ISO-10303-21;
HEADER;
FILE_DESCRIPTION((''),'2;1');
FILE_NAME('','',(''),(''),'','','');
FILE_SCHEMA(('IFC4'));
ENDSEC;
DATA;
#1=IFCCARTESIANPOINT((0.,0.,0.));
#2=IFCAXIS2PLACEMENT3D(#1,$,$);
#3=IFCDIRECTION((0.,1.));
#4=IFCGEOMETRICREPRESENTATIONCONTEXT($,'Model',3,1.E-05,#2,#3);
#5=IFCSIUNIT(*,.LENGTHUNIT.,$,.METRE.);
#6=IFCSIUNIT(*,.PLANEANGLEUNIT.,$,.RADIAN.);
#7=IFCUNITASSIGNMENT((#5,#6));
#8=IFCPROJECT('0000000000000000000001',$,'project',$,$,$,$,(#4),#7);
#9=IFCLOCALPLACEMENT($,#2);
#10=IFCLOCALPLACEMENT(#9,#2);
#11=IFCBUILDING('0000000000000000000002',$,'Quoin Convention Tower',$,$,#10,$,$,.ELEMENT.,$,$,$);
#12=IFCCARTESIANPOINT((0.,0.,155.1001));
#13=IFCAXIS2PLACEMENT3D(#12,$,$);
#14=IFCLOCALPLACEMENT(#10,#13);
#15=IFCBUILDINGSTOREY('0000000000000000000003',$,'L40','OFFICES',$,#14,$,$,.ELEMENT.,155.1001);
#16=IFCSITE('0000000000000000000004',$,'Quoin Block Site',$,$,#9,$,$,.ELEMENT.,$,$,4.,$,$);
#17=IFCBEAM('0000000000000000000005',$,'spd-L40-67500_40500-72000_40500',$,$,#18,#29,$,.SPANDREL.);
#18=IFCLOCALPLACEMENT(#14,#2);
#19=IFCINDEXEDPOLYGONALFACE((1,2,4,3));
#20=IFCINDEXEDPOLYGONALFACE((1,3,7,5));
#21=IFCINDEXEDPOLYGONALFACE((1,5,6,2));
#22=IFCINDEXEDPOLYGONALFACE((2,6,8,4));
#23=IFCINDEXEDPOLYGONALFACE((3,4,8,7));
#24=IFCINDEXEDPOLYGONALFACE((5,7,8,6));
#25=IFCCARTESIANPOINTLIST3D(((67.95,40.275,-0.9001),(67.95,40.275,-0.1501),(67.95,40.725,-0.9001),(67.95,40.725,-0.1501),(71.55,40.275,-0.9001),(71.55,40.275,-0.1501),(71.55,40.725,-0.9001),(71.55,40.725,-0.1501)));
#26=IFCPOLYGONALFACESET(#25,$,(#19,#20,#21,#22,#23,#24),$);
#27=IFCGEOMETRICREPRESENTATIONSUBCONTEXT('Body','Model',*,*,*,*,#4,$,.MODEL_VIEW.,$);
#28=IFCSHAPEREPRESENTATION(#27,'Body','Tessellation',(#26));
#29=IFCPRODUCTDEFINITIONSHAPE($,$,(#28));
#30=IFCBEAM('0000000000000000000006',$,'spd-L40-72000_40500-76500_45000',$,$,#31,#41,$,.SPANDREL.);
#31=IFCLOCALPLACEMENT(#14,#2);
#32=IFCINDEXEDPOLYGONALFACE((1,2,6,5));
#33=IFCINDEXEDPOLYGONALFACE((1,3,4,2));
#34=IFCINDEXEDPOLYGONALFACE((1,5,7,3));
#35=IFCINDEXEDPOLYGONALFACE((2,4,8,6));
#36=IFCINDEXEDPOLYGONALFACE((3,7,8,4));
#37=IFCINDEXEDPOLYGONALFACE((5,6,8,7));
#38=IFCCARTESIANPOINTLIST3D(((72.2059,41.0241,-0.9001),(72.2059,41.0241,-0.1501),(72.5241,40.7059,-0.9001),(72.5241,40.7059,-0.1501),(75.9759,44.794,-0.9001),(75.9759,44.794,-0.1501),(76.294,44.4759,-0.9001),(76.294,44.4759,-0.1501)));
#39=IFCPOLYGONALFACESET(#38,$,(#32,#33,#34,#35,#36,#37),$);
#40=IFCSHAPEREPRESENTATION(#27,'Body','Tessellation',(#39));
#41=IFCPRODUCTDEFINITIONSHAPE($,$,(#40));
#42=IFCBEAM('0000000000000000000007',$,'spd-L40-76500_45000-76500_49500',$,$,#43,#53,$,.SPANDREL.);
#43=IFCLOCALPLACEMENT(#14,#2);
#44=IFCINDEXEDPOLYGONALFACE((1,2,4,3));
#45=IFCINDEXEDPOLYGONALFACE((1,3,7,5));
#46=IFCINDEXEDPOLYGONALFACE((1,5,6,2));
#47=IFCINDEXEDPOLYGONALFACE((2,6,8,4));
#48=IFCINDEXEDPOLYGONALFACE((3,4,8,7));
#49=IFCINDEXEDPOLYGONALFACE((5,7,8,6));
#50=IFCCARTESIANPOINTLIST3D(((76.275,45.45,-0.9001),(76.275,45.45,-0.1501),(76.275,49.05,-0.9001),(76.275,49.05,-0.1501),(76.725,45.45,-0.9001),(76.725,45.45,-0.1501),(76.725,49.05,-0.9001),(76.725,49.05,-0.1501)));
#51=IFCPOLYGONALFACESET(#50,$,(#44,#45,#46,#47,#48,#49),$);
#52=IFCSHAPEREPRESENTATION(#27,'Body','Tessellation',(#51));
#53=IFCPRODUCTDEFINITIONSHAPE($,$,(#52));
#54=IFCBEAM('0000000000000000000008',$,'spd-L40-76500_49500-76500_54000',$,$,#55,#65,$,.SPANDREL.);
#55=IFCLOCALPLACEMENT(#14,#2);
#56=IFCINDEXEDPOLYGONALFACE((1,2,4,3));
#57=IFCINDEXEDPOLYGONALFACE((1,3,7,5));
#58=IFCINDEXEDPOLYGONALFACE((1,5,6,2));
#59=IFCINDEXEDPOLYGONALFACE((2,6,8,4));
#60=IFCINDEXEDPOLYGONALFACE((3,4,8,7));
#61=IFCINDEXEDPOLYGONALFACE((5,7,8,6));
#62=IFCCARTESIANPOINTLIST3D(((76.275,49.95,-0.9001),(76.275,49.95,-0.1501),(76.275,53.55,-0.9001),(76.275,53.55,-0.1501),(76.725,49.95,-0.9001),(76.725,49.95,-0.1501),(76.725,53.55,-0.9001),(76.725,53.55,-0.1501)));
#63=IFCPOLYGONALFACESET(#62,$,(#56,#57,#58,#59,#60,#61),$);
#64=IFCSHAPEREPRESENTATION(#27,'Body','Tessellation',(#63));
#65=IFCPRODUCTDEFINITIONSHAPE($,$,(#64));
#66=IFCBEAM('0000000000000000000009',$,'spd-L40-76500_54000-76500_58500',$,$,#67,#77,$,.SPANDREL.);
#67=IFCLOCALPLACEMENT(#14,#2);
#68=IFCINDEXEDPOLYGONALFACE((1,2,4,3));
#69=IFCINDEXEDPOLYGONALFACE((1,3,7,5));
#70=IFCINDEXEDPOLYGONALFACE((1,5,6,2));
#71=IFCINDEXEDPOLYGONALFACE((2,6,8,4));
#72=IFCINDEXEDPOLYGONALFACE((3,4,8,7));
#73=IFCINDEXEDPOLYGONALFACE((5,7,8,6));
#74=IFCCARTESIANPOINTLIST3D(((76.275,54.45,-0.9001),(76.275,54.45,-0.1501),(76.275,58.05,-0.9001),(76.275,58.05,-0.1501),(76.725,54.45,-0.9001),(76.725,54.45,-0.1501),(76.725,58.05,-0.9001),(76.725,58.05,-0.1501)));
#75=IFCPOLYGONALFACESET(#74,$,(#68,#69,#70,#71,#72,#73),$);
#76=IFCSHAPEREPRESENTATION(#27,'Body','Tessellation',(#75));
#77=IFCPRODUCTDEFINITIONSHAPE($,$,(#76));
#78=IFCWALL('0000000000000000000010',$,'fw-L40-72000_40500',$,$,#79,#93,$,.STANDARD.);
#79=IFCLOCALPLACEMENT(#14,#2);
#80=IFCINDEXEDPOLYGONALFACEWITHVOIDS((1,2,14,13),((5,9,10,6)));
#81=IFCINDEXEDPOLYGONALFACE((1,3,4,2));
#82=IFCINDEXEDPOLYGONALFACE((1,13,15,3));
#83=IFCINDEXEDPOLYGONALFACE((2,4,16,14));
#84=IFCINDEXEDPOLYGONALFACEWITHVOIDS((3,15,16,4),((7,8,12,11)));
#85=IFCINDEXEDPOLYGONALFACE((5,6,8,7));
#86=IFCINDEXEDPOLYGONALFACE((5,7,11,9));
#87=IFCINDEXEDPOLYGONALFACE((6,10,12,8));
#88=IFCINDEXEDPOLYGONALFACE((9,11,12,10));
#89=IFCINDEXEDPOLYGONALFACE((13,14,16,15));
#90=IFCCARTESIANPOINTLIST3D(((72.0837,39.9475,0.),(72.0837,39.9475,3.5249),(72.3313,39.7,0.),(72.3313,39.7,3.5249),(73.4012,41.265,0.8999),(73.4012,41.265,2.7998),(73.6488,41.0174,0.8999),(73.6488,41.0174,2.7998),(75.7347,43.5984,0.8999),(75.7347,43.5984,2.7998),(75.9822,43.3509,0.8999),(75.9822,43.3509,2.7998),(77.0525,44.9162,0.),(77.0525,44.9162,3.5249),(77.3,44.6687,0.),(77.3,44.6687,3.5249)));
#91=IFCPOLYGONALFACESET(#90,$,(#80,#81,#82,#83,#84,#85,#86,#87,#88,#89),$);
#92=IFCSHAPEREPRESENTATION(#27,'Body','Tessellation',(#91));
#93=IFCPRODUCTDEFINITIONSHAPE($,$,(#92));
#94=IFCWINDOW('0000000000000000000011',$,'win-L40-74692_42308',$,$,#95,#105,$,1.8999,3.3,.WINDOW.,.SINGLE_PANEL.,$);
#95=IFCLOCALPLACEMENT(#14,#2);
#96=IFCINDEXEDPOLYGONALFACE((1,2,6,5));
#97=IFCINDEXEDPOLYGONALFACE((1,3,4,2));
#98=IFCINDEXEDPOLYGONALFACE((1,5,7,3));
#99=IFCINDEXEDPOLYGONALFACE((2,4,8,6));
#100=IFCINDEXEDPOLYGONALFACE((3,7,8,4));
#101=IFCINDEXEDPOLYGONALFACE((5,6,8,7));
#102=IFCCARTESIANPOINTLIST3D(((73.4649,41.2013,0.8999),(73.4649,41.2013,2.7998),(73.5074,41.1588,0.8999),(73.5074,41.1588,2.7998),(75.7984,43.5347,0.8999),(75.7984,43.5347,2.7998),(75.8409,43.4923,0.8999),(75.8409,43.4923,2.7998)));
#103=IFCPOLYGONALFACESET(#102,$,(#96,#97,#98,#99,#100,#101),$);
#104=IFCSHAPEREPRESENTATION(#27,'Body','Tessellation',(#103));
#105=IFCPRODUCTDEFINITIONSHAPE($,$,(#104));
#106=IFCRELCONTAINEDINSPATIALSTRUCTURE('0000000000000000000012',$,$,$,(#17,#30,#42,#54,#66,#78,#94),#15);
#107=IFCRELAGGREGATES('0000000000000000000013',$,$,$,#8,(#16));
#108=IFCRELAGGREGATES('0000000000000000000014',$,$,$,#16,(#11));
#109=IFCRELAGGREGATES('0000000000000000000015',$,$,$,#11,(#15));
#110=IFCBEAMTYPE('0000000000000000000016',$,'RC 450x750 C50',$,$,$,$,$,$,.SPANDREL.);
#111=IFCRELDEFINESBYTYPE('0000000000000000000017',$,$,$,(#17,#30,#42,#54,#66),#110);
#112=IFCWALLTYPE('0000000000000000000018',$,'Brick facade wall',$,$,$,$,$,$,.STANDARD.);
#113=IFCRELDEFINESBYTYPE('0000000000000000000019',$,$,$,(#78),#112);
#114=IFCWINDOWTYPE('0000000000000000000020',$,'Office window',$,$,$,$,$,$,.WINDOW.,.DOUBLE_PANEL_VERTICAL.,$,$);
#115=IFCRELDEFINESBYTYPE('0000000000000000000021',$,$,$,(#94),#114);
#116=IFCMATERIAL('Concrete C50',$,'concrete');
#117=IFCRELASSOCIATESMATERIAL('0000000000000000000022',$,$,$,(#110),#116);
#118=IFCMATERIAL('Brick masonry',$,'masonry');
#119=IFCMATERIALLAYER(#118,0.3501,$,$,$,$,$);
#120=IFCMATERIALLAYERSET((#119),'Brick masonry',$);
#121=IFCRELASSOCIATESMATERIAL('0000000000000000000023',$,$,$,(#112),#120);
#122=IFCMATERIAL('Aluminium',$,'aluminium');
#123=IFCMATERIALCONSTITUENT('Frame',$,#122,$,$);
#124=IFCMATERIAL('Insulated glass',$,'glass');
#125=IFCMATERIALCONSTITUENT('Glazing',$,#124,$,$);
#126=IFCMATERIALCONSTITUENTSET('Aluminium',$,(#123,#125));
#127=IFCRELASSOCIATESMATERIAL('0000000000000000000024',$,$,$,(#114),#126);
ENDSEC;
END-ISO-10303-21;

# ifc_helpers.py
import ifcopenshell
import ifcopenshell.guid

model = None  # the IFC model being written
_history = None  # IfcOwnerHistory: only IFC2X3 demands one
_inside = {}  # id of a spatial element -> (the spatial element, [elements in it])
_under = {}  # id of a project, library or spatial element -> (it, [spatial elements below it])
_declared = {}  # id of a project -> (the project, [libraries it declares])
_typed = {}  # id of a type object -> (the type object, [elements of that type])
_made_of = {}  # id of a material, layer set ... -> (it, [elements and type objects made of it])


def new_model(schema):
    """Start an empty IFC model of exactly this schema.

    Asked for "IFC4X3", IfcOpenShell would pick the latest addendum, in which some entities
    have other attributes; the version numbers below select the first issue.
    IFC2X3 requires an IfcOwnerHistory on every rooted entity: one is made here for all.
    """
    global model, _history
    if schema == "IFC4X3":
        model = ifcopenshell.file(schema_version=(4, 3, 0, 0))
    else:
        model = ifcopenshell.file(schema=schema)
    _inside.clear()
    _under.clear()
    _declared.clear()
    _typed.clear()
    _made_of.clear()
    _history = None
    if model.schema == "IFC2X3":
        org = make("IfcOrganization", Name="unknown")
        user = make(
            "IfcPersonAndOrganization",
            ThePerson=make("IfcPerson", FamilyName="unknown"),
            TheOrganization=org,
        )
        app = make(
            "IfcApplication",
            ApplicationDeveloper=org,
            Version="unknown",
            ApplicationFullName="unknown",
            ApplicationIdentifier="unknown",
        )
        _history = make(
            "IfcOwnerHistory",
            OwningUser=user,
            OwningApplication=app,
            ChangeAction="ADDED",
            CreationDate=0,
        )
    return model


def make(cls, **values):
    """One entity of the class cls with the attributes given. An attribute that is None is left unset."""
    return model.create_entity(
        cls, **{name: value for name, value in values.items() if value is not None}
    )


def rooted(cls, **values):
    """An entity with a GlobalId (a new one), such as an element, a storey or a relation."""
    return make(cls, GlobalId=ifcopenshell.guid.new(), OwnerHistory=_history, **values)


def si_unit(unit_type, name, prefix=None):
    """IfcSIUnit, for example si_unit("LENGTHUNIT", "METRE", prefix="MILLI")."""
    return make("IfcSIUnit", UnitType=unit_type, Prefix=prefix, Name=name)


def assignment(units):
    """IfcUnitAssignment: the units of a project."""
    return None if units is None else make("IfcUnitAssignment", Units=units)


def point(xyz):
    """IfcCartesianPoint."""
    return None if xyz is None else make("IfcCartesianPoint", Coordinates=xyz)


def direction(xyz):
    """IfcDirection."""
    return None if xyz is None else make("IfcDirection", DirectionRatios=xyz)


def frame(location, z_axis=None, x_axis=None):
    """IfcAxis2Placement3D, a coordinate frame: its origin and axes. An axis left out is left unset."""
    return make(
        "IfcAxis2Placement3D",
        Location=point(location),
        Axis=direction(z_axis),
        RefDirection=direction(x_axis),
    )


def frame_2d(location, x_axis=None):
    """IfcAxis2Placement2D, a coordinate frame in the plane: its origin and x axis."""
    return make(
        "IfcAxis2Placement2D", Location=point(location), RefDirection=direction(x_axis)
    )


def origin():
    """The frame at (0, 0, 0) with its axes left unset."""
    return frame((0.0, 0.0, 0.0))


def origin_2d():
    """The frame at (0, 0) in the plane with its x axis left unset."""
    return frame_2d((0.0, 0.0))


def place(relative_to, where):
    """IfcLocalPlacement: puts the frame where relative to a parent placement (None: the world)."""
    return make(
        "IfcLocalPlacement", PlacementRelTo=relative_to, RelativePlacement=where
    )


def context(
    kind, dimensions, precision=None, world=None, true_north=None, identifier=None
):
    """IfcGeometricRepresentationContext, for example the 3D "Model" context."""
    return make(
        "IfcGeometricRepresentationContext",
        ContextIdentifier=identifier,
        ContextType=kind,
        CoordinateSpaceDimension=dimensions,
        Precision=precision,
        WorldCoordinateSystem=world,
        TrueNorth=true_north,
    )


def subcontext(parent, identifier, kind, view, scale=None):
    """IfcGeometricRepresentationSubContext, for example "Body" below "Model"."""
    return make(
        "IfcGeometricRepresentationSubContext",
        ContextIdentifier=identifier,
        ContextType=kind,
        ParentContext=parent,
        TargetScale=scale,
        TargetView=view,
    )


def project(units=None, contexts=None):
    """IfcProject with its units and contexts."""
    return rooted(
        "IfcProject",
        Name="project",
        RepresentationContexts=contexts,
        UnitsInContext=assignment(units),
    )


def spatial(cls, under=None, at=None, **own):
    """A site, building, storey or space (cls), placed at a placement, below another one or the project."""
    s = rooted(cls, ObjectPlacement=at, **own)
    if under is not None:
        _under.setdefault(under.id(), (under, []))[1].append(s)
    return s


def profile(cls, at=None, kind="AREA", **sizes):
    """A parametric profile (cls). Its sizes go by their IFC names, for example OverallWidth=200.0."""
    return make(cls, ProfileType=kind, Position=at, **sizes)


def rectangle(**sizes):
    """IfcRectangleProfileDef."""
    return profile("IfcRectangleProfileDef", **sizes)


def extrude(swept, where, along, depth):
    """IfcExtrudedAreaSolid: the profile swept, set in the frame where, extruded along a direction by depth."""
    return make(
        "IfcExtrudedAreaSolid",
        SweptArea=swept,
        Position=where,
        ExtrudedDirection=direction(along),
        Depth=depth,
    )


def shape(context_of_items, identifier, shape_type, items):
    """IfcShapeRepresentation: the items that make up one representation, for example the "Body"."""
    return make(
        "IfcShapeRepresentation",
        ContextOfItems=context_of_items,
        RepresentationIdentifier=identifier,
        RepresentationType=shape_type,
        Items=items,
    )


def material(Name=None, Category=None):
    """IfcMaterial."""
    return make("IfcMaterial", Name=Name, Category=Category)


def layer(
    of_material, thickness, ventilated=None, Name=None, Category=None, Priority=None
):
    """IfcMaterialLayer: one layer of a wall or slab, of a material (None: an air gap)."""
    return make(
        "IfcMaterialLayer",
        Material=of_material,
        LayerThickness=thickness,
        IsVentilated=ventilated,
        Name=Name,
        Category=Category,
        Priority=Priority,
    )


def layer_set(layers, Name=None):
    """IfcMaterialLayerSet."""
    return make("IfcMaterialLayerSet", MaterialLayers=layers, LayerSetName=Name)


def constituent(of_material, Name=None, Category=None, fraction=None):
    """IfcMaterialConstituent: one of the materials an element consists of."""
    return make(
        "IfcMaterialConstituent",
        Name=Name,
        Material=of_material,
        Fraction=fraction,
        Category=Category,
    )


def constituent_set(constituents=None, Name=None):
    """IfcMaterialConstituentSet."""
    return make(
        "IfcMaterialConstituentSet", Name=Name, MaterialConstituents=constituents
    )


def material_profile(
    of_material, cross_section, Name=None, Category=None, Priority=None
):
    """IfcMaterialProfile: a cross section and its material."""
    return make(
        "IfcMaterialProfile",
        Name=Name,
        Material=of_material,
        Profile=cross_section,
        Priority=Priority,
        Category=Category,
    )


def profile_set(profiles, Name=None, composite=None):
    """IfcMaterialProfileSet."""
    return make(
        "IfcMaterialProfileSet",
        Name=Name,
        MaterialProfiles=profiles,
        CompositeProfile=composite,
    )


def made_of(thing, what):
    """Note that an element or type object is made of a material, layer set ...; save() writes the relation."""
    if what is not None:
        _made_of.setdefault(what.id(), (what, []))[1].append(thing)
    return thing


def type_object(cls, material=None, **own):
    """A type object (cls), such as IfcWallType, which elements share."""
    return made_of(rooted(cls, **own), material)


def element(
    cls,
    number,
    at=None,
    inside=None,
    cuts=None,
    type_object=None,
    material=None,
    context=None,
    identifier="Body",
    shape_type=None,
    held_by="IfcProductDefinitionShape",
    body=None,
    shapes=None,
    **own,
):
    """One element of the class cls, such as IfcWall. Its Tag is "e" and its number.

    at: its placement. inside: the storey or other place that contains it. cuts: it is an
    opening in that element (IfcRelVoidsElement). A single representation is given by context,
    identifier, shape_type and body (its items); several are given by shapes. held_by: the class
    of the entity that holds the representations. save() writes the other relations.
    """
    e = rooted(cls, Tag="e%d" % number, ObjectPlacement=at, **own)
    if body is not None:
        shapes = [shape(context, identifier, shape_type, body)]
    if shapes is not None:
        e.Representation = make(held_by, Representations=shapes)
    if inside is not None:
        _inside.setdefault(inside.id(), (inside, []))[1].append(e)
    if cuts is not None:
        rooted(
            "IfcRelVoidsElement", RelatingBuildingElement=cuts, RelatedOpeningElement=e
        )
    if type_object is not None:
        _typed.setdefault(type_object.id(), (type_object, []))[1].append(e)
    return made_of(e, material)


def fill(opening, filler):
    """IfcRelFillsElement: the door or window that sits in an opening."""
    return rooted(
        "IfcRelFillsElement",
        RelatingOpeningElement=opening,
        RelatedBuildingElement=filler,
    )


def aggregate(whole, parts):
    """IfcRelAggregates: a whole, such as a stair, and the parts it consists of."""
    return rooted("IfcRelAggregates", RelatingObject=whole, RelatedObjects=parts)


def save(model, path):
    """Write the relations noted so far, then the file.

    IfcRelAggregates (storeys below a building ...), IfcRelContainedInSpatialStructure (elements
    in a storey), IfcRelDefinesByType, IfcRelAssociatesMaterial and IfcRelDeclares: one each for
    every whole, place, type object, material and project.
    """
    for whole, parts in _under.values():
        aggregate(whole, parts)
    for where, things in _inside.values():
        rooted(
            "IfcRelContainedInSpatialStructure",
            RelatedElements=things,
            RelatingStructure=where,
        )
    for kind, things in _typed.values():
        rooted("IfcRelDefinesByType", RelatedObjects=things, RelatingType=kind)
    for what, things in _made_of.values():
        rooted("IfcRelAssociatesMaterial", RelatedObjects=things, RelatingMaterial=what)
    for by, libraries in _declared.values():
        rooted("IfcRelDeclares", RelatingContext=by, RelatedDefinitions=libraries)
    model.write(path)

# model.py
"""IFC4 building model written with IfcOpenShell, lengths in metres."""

from ifc_helpers import new_model, si_unit, direction, frame, frame_2d, origin, origin_2d, place, context, subcontext, project, spatial, rectangle, extrude, material, layer, layer_set, constituent, constituent_set, material_profile, profile_set, type_object, element, fill, save


model = new_model("IFC4")

# Units and contexts
model_context = context("Model", 3, precision=1e-05, world=origin(), true_north=direction((0.0, 1.0)))
body_context = subcontext(model_context, "Body", "Model", "MODEL_VIEW")
ifc_project = project(units=[si_unit("LENGTHUNIT", "METRE"), si_unit("PLANEANGLEUNIT", "RADIAN")], contexts=[model_context])

# Site, building, storey
site_placement = place(None, origin())
site = spatial("IfcSite", under=ifc_project, at=site_placement, Name="Quoin Block Site", CompositionType="ELEMENT", RefElevation=4.0)
building_placement = place(site_placement, origin())
building = spatial("IfcBuilding", under=site, at=building_placement, Name="Quoin Convention Tower", CompositionType="ELEMENT")
storey_placement = place(building_placement, frame((0.0, 0.0, 155.1001)))
storey = spatial("IfcBuildingStorey", under=building, at=storey_placement, Name="L40", Description="OFFICES", CompositionType="ELEMENT", Elevation=155.1001)

# Shared definitions
ifc_material_1 = material(Name="Concrete C50", Category="concrete")

# Beams
ifc_material_profile_1 = material_profile(ifc_material_1, rectangle(XDim=0.45, YDim=0.75, at=origin_2d()), Name="RC 450x750")
ifc_profile_set_1 = profile_set([ifc_material_profile_1], Name="Concrete C50")
beam_type_1 = type_object("IfcBeamType", Name="RC 450x750 C50", PredefinedType="SPANDREL", material=ifc_profile_set_1)
beam_1_placement = place(storey_placement, frame((67.95, 40.5, -0.5251), z_axis=(1.0, 0.0, 0.0), x_axis=(0.0, 1.0, 0.0)))
element("IfcBeam", 1, at=beam_1_placement, inside=storey, type_object=beam_type_1, Name="spd-L40-67500_40500-72000_40500", PredefinedType="SPANDREL", context=body_context, shape_type="SweptSolid", body=[
    extrude(rectangle(XDim=0.45, YDim=0.75, at=origin_2d()), origin(), (0.0, 0.0, 1.0), 3.6001),
])
beam_2_placement = place(storey_placement, frame((72.365, 40.865, -0.5251), z_axis=(0.707107, 0.707107, 0.0), x_axis=(-0.707107, 0.707107, 0.0)))
element("IfcBeam", 2, at=beam_2_placement, inside=storey, type_object=beam_type_1, Name="spd-L40-72000_40500-76500_45000", PredefinedType="SPANDREL", context=body_context, shape_type="SweptSolid", body=[
    extrude(rectangle(XDim=0.45, YDim=0.75, at=origin_2d()), origin(), (0.0, 0.0, 1.0), 5.3315),
])
for number, where, z_axis, x_axis, name in (
    (3, (76.5, 45.45, -0.5251), (0.0, 1.0, 0.0), (-1.0, 0.0, 0.0), "spd-L40-76500_45000-76500_49500"),
    (4, (76.5, 49.95, -0.5251), (0.0, 1.0, 0.0), (-1.0, 0.0, 0.0), "spd-L40-76500_49500-76500_54000"),
    (5, (76.5, 54.45, -0.5251), (0.0, 1.0, 0.0), (-1.0, 0.0, 0.0), "spd-L40-76500_54000-76500_58500"),
):
    element("IfcBeam", number, at=place(storey_placement, frame(where, z_axis=z_axis, x_axis=x_axis)), inside=storey, type_object=beam_type_1, Name=name, PredefinedType="SPANDREL", context=body_context, shape_type="SweptSolid", body=[
        extrude(rectangle(XDim=0.45, YDim=0.75, at=origin_2d()), origin(), (0.0, 0.0, 1.0), 3.6001),
    ])

# Wall, opening, window
ifc_material_2 = material(Name="Brick masonry", Category="masonry")
ifc_layer_1 = layer(ifc_material_2, 0.3501)
ifc_layer_set_1 = layer_set([ifc_layer_1], Name="Brick masonry")
wall_type_1 = type_object("IfcWallType", Name="Brick facade wall", PredefinedType="STANDARD", material=ifc_layer_set_1)
wall_1_placement = place(storey_placement, frame((72.2075, 39.8237, 0.0), z_axis=(0.0, 0.0, 1.0), x_axis=(0.707107, 0.707107, 0.0)))
wall_1 = element("IfcWall", 6, at=wall_1_placement, inside=storey, type_object=wall_type_1, Name="fw-L40-72000_40500", PredefinedType="STANDARD", context=body_context, shape_type="SweptSolid", body=[
    extrude(rectangle(XDim=7.0269, YDim=0.3501, at=frame_2d((3.5134, 0.0))), origin(), (0.0, 0.0, 1.0), 3.5249),
])
opening_1_placement = place(wall_1_placement, frame((1.8633, 0.0, 0.8999)))
opening_1 = element("IfcOpeningElement", 7, at=opening_1_placement, cuts=wall_1, PredefinedType="OPENING", context=body_context, shape_type="SweptSolid", body=[
    extrude(rectangle(XDim=3.3, YDim=1.8999, at=frame_2d((1.6499, 0.95))), frame((0.0, 0.1851, 0.0), z_axis=(0.0, -1.0, 0.0), x_axis=(1.0, 0.0, 0.0)), (0.0, 0.0, 1.0), 0.3701),
])
ifc_material_3 = material(Name="Aluminium", Category="aluminium")
ifc_constituent_1 = constituent(ifc_material_3, Name="Frame")
ifc_material_4 = material(Name="Insulated glass", Category="glass")
ifc_constituent_2 = constituent(ifc_material_4, Name="Glazing")
ifc_constituent_set = constituent_set(constituents=[ifc_constituent_1, ifc_constituent_2], Name="Aluminium")
window_type = type_object("IfcWindowType", Name="Office window", PartitioningType="DOUBLE_PANEL_VERTICAL", PredefinedType="WINDOW", material=ifc_constituent_set)
window_1_placement = place(opening_1_placement, origin())
window_1 = element("IfcWindow", 8, at=window_1_placement, inside=storey, type_object=window_type, Name="win-L40-74692_42308", OverallHeight=1.8999, OverallWidth=3.3, PartitioningType="SINGLE_PANEL", PredefinedType="WINDOW", context=body_context, shape_type="SweptSolid", body=[
    extrude(rectangle(XDim=3.3, YDim=1.8999, at=frame_2d((1.6499, 0.95))), frame((0.0, 0.085, 0.0), z_axis=(0.0, -1.0, 0.0), x_axis=(1.0, 0.0, 0.0)), (0.0, 0.0, 1.0), 0.0601),
])
fill(opening_1, window_1)

save(model, "model.ifc")
